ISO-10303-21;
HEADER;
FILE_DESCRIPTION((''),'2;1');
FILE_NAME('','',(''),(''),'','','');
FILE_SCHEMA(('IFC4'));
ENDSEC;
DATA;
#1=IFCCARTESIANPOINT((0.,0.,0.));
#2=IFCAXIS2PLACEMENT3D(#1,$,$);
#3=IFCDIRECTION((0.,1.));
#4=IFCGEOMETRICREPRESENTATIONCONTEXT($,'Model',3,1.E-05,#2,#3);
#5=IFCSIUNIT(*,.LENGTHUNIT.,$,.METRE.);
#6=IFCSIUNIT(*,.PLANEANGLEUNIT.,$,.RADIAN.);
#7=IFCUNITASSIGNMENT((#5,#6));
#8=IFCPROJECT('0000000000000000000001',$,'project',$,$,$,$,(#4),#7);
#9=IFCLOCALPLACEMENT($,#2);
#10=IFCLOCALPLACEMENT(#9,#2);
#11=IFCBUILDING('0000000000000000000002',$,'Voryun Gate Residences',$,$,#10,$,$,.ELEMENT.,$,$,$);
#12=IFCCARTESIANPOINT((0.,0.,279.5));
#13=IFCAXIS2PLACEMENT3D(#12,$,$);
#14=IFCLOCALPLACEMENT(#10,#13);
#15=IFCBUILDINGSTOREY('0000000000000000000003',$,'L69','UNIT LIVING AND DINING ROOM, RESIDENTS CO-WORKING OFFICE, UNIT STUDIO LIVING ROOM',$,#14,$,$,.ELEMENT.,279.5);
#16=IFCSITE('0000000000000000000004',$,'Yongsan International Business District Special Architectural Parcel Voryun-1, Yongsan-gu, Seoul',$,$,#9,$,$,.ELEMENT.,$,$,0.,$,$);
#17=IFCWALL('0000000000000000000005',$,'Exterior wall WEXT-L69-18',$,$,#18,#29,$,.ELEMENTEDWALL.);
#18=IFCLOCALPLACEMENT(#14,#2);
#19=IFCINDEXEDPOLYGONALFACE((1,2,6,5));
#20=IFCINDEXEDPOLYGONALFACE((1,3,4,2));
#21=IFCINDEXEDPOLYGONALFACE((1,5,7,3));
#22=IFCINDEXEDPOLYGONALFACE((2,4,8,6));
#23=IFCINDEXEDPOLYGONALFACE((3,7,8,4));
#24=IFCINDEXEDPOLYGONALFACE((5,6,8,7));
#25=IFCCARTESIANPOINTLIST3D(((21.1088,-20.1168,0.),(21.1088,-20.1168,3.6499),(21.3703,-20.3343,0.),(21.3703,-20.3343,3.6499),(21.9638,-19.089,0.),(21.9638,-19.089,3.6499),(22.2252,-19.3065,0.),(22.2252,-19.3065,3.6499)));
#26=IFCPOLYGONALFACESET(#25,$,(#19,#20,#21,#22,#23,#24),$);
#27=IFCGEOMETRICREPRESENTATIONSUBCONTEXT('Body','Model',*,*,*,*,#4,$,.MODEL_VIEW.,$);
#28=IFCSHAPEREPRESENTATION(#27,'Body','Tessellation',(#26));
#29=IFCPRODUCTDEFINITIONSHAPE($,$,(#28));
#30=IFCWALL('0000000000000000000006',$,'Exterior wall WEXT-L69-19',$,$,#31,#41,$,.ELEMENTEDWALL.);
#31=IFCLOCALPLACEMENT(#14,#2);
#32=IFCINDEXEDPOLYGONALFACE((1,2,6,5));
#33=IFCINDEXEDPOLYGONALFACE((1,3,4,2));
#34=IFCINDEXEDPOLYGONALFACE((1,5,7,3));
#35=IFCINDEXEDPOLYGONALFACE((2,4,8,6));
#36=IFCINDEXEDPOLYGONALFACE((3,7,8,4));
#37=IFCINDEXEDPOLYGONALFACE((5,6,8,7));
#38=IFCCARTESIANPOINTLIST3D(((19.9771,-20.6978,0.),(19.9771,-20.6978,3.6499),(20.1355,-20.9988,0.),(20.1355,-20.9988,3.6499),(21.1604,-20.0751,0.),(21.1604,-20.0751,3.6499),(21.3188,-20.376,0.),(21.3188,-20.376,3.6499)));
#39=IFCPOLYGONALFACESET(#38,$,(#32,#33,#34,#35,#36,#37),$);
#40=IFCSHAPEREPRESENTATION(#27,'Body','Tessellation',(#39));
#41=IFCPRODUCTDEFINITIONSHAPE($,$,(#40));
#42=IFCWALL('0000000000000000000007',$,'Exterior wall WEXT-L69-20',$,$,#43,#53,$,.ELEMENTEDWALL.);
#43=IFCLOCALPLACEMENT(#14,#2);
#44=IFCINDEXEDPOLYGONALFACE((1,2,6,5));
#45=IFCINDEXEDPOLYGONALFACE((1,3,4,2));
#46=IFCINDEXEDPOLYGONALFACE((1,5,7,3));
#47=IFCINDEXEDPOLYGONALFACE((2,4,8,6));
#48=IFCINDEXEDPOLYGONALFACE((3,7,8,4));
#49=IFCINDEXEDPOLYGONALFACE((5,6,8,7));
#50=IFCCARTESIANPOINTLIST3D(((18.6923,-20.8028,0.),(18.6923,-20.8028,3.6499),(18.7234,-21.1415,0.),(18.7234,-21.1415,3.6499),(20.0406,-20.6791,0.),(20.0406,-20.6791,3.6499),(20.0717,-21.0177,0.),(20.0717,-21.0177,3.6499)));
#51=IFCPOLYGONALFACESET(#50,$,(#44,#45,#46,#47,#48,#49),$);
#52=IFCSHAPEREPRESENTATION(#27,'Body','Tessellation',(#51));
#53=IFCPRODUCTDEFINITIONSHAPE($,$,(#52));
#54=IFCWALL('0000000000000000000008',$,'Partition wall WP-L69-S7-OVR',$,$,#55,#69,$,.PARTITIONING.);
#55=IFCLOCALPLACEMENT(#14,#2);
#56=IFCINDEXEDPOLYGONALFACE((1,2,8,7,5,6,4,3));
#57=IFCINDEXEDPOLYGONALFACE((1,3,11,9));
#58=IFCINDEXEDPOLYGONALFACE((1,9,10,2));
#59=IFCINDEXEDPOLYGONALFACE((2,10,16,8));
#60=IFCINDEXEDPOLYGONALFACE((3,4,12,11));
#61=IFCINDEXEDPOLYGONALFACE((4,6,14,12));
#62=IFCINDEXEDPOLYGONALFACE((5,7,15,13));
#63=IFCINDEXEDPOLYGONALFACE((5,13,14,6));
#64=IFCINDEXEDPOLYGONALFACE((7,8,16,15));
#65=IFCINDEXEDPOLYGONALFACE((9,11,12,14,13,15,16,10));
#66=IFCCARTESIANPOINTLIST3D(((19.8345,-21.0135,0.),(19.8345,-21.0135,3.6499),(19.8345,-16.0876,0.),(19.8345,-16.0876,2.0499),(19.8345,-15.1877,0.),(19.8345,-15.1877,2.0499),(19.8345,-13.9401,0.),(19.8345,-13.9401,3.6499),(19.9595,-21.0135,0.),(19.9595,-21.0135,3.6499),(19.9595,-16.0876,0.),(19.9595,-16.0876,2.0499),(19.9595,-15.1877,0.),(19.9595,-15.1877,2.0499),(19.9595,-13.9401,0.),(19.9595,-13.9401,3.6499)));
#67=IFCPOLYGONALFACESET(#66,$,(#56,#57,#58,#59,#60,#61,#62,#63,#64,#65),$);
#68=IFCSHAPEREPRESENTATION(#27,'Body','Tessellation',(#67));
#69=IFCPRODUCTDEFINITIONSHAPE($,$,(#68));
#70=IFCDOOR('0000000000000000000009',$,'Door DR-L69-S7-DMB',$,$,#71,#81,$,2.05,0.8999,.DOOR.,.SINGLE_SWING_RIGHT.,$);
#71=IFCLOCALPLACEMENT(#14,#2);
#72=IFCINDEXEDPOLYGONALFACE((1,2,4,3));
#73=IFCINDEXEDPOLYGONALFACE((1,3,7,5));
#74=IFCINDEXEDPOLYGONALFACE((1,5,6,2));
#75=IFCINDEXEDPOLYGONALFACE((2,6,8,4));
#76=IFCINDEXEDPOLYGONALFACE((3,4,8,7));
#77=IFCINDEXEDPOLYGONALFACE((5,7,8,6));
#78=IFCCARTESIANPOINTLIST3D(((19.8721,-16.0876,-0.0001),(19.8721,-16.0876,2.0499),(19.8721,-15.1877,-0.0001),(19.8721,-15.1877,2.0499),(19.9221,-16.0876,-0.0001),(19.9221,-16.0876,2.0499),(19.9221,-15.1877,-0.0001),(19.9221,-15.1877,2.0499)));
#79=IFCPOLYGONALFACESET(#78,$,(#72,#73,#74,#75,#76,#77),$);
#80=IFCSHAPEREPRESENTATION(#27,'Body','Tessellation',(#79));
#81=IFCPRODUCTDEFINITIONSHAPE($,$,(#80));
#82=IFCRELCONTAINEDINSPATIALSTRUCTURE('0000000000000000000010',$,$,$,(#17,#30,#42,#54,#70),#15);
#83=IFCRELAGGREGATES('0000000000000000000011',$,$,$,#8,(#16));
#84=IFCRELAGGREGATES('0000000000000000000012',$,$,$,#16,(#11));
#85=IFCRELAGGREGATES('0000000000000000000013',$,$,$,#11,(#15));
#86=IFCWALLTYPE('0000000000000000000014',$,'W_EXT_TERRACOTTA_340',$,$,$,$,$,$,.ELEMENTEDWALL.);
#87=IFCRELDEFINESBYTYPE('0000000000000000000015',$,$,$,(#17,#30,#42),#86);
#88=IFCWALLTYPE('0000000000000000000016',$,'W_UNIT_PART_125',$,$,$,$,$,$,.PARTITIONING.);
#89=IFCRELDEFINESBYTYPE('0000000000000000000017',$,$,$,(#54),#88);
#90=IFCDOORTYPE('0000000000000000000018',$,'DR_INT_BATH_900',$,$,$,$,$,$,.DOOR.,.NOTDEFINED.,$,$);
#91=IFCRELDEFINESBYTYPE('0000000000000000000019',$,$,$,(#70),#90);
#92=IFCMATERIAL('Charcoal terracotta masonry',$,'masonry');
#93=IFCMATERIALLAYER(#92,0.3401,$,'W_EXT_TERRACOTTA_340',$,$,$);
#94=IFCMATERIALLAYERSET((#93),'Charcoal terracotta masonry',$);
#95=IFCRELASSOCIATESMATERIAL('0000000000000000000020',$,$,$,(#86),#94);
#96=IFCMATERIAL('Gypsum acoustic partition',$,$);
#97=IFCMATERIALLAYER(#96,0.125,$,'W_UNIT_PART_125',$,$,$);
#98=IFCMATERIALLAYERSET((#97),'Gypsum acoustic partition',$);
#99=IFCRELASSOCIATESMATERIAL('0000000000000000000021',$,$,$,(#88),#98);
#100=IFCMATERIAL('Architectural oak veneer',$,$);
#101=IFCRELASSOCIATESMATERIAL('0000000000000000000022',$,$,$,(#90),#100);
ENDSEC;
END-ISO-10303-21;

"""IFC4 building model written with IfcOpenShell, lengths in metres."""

from ifc_helpers import new_model, si_unit, direction, frame, frame_2d, origin, place, context, subcontext, project, spatial, rectangle, extrude, material, layer, layer_set, type_object, element, fill, save


model = new_model("IFC4")

# Units and contexts
model_context = context("Model", 3, precision=1e-05, world=origin(), true_north=direction((0.0, 1.0)))
body_context = subcontext(model_context, "Body", "Model", "MODEL_VIEW")
ifc_project = project(units=[si_unit("LENGTHUNIT", "METRE"), si_unit("PLANEANGLEUNIT", "RADIAN")], contexts=[model_context])

# Site, building, storey
site_placement = place(None, origin())
site = spatial("IfcSite", under=ifc_project, at=site_placement, Name="Yongsan International Business District Special Architectural Parcel Voryun-1, Yongsan-gu, Seoul", CompositionType="ELEMENT", RefElevation=0.0)
building_placement = place(site_placement, origin())
building = spatial("IfcBuilding", under=site, at=building_placement, Name="Voryun Gate Residences", CompositionType="ELEMENT")
storey_placement = place(building_placement, frame((0.0, 0.0, 279.5)))
storey = spatial("IfcBuildingStorey", under=building, at=storey_placement, Name="L69", Description="UNIT LIVING AND DINING ROOM, RESIDENTS CO-WORKING OFFICE, UNIT STUDIO LIVING ROOM", CompositionType="ELEMENT", Elevation=279.5)

# Shared definitions
ifc_material_1 = material(Name="Charcoal terracotta masonry", Category="masonry")
ifc_layer_1 = layer(ifc_material_1, 0.3401, Name="W_EXT_TERRACOTTA_340")
ifc_layer_set_1 = layer_set([ifc_layer_1], Name="Charcoal terracotta masonry")
wall_type_1 = type_object("IfcWallType", Name="W_EXT_TERRACOTTA_340", PredefinedType="ELEMENTEDWALL", material=ifc_layer_set_1)

# Walls
wall_1_placement = place(storey_placement, frame((22.0945, -19.1978, 0.0), z_axis=(0.0, 0.0, 1.0), x_axis=(-0.639502, -0.76879, 0.0)))
element("IfcWall", 1, at=wall_1_placement, inside=storey, type_object=wall_type_1, Name="Exterior wall WEXT-L69-18", PredefinedType="ELEMENTEDWALL", context=body_context, shape_type="SweptSolid", body=[
    extrude(rectangle(XDim=1.3369, YDim=0.3401, at=frame_2d((0.6685, 0.0))), origin(), (0.0, 0.0, 1.0), 3.6499),
])
wall_2_placement = place(storey_placement, frame((21.2395, -20.2256, 0.0), z_axis=(0.0, 0.0, 1.0), x_axis=(-0.884922, -0.465739, 0.0)))
element("IfcWall", 2, at=wall_2_placement, inside=storey, type_object=wall_type_1, Name="Exterior wall WEXT-L69-19", PredefinedType="ELEMENTEDWALL", context=body_context, shape_type="SweptSolid", body=[
    extrude(rectangle(XDim=1.3372, YDim=0.3401, at=frame_2d((0.6685, 0.0))), origin(), (0.0, 0.0, 1.0), 3.6499),
])
wall_3_placement = place(storey_placement, frame((20.0562, -20.8484, 0.0), z_axis=(0.0, 0.0, 1.0), x_axis=(-0.995813, -0.091414, 0.0)))
element("IfcWall", 3, at=wall_3_placement, inside=storey, type_object=wall_type_1, Name="Exterior wall WEXT-L69-20", PredefinedType="ELEMENTEDWALL", context=body_context, shape_type="SweptSolid", body=[
    extrude(rectangle(XDim=1.354, YDim=0.3401, at=frame_2d((0.677, 0.0))), origin(), (0.0, 0.0, 1.0), 3.6499),
])

# Wall, opening, door
ifc_material_2 = material(Name="Gypsum acoustic partition")
ifc_layer_2 = layer(ifc_material_2, 0.125, Name="W_UNIT_PART_125")
ifc_layer_set_2 = layer_set([ifc_layer_2], Name="Gypsum acoustic partition")
wall_type_2 = type_object("IfcWallType", Name="W_UNIT_PART_125", PredefinedType="PARTITIONING", material=ifc_layer_set_2)
wall_4_placement = place(storey_placement, frame((19.897, -21.0134, 0.0), z_axis=(0.0, 0.0, 1.0), x_axis=(0.0, 1.0, 0.0)))
wall_4 = element("IfcWall", 4, at=wall_4_placement, inside=storey, type_object=wall_type_2, Name="Partition wall WP-L69-S7-OVR", PredefinedType="PARTITIONING", context=body_context, shape_type="SweptSolid", body=[
    extrude(rectangle(XDim=7.0735, YDim=0.125, at=frame_2d((3.5366, 0.0))), origin(), (0.0, 0.0, 1.0), 3.6499),
])
opening_1_placement = place(wall_4_placement, frame((4.9258, 0.0, 0.0)))
opening_1 = element("IfcOpeningElement", 5, at=opening_1_placement, cuts=wall_4, PredefinedType="OPENING", context=body_context, shape_type="SweptSolid", body=[
    extrude(rectangle(XDim=0.8999, YDim=2.05, at=frame_2d((0.45, 1.0249))), frame((0.0, 0.0725, 0.0), z_axis=(0.0, -1.0, 0.0), x_axis=(1.0, 0.0, 0.0)), (0.0, 0.0, 1.0), 0.145),
])
ifc_material_3 = material(Name="Architectural oak veneer")
door_type = type_object("IfcDoorType", Name="DR_INT_BATH_900", OperationType="NOTDEFINED", PredefinedType="DOOR", material=ifc_material_3)
door_placement = place(opening_1_placement, origin())
door = element("IfcDoor", 6, at=door_placement, inside=storey, type_object=door_type, Name="Door DR-L69-S7-DMB", OperationType="SINGLE_SWING_RIGHT", OverallHeight=2.05, OverallWidth=0.8999, PredefinedType="DOOR", context=body_context, shape_type="SweptSolid", body=[
    extrude(rectangle(XDim=0.8999, YDim=2.05, at=frame_2d((0.45, 1.0249))), frame((0.0, 0.0249, 0.0), z_axis=(0.0, -1.0, 0.0), x_axis=(1.0, 0.0, 0.0)), (0.0, 0.0, 1.0), 0.05),
])
fill(opening_1, door)

save(model, "model.ifc")
